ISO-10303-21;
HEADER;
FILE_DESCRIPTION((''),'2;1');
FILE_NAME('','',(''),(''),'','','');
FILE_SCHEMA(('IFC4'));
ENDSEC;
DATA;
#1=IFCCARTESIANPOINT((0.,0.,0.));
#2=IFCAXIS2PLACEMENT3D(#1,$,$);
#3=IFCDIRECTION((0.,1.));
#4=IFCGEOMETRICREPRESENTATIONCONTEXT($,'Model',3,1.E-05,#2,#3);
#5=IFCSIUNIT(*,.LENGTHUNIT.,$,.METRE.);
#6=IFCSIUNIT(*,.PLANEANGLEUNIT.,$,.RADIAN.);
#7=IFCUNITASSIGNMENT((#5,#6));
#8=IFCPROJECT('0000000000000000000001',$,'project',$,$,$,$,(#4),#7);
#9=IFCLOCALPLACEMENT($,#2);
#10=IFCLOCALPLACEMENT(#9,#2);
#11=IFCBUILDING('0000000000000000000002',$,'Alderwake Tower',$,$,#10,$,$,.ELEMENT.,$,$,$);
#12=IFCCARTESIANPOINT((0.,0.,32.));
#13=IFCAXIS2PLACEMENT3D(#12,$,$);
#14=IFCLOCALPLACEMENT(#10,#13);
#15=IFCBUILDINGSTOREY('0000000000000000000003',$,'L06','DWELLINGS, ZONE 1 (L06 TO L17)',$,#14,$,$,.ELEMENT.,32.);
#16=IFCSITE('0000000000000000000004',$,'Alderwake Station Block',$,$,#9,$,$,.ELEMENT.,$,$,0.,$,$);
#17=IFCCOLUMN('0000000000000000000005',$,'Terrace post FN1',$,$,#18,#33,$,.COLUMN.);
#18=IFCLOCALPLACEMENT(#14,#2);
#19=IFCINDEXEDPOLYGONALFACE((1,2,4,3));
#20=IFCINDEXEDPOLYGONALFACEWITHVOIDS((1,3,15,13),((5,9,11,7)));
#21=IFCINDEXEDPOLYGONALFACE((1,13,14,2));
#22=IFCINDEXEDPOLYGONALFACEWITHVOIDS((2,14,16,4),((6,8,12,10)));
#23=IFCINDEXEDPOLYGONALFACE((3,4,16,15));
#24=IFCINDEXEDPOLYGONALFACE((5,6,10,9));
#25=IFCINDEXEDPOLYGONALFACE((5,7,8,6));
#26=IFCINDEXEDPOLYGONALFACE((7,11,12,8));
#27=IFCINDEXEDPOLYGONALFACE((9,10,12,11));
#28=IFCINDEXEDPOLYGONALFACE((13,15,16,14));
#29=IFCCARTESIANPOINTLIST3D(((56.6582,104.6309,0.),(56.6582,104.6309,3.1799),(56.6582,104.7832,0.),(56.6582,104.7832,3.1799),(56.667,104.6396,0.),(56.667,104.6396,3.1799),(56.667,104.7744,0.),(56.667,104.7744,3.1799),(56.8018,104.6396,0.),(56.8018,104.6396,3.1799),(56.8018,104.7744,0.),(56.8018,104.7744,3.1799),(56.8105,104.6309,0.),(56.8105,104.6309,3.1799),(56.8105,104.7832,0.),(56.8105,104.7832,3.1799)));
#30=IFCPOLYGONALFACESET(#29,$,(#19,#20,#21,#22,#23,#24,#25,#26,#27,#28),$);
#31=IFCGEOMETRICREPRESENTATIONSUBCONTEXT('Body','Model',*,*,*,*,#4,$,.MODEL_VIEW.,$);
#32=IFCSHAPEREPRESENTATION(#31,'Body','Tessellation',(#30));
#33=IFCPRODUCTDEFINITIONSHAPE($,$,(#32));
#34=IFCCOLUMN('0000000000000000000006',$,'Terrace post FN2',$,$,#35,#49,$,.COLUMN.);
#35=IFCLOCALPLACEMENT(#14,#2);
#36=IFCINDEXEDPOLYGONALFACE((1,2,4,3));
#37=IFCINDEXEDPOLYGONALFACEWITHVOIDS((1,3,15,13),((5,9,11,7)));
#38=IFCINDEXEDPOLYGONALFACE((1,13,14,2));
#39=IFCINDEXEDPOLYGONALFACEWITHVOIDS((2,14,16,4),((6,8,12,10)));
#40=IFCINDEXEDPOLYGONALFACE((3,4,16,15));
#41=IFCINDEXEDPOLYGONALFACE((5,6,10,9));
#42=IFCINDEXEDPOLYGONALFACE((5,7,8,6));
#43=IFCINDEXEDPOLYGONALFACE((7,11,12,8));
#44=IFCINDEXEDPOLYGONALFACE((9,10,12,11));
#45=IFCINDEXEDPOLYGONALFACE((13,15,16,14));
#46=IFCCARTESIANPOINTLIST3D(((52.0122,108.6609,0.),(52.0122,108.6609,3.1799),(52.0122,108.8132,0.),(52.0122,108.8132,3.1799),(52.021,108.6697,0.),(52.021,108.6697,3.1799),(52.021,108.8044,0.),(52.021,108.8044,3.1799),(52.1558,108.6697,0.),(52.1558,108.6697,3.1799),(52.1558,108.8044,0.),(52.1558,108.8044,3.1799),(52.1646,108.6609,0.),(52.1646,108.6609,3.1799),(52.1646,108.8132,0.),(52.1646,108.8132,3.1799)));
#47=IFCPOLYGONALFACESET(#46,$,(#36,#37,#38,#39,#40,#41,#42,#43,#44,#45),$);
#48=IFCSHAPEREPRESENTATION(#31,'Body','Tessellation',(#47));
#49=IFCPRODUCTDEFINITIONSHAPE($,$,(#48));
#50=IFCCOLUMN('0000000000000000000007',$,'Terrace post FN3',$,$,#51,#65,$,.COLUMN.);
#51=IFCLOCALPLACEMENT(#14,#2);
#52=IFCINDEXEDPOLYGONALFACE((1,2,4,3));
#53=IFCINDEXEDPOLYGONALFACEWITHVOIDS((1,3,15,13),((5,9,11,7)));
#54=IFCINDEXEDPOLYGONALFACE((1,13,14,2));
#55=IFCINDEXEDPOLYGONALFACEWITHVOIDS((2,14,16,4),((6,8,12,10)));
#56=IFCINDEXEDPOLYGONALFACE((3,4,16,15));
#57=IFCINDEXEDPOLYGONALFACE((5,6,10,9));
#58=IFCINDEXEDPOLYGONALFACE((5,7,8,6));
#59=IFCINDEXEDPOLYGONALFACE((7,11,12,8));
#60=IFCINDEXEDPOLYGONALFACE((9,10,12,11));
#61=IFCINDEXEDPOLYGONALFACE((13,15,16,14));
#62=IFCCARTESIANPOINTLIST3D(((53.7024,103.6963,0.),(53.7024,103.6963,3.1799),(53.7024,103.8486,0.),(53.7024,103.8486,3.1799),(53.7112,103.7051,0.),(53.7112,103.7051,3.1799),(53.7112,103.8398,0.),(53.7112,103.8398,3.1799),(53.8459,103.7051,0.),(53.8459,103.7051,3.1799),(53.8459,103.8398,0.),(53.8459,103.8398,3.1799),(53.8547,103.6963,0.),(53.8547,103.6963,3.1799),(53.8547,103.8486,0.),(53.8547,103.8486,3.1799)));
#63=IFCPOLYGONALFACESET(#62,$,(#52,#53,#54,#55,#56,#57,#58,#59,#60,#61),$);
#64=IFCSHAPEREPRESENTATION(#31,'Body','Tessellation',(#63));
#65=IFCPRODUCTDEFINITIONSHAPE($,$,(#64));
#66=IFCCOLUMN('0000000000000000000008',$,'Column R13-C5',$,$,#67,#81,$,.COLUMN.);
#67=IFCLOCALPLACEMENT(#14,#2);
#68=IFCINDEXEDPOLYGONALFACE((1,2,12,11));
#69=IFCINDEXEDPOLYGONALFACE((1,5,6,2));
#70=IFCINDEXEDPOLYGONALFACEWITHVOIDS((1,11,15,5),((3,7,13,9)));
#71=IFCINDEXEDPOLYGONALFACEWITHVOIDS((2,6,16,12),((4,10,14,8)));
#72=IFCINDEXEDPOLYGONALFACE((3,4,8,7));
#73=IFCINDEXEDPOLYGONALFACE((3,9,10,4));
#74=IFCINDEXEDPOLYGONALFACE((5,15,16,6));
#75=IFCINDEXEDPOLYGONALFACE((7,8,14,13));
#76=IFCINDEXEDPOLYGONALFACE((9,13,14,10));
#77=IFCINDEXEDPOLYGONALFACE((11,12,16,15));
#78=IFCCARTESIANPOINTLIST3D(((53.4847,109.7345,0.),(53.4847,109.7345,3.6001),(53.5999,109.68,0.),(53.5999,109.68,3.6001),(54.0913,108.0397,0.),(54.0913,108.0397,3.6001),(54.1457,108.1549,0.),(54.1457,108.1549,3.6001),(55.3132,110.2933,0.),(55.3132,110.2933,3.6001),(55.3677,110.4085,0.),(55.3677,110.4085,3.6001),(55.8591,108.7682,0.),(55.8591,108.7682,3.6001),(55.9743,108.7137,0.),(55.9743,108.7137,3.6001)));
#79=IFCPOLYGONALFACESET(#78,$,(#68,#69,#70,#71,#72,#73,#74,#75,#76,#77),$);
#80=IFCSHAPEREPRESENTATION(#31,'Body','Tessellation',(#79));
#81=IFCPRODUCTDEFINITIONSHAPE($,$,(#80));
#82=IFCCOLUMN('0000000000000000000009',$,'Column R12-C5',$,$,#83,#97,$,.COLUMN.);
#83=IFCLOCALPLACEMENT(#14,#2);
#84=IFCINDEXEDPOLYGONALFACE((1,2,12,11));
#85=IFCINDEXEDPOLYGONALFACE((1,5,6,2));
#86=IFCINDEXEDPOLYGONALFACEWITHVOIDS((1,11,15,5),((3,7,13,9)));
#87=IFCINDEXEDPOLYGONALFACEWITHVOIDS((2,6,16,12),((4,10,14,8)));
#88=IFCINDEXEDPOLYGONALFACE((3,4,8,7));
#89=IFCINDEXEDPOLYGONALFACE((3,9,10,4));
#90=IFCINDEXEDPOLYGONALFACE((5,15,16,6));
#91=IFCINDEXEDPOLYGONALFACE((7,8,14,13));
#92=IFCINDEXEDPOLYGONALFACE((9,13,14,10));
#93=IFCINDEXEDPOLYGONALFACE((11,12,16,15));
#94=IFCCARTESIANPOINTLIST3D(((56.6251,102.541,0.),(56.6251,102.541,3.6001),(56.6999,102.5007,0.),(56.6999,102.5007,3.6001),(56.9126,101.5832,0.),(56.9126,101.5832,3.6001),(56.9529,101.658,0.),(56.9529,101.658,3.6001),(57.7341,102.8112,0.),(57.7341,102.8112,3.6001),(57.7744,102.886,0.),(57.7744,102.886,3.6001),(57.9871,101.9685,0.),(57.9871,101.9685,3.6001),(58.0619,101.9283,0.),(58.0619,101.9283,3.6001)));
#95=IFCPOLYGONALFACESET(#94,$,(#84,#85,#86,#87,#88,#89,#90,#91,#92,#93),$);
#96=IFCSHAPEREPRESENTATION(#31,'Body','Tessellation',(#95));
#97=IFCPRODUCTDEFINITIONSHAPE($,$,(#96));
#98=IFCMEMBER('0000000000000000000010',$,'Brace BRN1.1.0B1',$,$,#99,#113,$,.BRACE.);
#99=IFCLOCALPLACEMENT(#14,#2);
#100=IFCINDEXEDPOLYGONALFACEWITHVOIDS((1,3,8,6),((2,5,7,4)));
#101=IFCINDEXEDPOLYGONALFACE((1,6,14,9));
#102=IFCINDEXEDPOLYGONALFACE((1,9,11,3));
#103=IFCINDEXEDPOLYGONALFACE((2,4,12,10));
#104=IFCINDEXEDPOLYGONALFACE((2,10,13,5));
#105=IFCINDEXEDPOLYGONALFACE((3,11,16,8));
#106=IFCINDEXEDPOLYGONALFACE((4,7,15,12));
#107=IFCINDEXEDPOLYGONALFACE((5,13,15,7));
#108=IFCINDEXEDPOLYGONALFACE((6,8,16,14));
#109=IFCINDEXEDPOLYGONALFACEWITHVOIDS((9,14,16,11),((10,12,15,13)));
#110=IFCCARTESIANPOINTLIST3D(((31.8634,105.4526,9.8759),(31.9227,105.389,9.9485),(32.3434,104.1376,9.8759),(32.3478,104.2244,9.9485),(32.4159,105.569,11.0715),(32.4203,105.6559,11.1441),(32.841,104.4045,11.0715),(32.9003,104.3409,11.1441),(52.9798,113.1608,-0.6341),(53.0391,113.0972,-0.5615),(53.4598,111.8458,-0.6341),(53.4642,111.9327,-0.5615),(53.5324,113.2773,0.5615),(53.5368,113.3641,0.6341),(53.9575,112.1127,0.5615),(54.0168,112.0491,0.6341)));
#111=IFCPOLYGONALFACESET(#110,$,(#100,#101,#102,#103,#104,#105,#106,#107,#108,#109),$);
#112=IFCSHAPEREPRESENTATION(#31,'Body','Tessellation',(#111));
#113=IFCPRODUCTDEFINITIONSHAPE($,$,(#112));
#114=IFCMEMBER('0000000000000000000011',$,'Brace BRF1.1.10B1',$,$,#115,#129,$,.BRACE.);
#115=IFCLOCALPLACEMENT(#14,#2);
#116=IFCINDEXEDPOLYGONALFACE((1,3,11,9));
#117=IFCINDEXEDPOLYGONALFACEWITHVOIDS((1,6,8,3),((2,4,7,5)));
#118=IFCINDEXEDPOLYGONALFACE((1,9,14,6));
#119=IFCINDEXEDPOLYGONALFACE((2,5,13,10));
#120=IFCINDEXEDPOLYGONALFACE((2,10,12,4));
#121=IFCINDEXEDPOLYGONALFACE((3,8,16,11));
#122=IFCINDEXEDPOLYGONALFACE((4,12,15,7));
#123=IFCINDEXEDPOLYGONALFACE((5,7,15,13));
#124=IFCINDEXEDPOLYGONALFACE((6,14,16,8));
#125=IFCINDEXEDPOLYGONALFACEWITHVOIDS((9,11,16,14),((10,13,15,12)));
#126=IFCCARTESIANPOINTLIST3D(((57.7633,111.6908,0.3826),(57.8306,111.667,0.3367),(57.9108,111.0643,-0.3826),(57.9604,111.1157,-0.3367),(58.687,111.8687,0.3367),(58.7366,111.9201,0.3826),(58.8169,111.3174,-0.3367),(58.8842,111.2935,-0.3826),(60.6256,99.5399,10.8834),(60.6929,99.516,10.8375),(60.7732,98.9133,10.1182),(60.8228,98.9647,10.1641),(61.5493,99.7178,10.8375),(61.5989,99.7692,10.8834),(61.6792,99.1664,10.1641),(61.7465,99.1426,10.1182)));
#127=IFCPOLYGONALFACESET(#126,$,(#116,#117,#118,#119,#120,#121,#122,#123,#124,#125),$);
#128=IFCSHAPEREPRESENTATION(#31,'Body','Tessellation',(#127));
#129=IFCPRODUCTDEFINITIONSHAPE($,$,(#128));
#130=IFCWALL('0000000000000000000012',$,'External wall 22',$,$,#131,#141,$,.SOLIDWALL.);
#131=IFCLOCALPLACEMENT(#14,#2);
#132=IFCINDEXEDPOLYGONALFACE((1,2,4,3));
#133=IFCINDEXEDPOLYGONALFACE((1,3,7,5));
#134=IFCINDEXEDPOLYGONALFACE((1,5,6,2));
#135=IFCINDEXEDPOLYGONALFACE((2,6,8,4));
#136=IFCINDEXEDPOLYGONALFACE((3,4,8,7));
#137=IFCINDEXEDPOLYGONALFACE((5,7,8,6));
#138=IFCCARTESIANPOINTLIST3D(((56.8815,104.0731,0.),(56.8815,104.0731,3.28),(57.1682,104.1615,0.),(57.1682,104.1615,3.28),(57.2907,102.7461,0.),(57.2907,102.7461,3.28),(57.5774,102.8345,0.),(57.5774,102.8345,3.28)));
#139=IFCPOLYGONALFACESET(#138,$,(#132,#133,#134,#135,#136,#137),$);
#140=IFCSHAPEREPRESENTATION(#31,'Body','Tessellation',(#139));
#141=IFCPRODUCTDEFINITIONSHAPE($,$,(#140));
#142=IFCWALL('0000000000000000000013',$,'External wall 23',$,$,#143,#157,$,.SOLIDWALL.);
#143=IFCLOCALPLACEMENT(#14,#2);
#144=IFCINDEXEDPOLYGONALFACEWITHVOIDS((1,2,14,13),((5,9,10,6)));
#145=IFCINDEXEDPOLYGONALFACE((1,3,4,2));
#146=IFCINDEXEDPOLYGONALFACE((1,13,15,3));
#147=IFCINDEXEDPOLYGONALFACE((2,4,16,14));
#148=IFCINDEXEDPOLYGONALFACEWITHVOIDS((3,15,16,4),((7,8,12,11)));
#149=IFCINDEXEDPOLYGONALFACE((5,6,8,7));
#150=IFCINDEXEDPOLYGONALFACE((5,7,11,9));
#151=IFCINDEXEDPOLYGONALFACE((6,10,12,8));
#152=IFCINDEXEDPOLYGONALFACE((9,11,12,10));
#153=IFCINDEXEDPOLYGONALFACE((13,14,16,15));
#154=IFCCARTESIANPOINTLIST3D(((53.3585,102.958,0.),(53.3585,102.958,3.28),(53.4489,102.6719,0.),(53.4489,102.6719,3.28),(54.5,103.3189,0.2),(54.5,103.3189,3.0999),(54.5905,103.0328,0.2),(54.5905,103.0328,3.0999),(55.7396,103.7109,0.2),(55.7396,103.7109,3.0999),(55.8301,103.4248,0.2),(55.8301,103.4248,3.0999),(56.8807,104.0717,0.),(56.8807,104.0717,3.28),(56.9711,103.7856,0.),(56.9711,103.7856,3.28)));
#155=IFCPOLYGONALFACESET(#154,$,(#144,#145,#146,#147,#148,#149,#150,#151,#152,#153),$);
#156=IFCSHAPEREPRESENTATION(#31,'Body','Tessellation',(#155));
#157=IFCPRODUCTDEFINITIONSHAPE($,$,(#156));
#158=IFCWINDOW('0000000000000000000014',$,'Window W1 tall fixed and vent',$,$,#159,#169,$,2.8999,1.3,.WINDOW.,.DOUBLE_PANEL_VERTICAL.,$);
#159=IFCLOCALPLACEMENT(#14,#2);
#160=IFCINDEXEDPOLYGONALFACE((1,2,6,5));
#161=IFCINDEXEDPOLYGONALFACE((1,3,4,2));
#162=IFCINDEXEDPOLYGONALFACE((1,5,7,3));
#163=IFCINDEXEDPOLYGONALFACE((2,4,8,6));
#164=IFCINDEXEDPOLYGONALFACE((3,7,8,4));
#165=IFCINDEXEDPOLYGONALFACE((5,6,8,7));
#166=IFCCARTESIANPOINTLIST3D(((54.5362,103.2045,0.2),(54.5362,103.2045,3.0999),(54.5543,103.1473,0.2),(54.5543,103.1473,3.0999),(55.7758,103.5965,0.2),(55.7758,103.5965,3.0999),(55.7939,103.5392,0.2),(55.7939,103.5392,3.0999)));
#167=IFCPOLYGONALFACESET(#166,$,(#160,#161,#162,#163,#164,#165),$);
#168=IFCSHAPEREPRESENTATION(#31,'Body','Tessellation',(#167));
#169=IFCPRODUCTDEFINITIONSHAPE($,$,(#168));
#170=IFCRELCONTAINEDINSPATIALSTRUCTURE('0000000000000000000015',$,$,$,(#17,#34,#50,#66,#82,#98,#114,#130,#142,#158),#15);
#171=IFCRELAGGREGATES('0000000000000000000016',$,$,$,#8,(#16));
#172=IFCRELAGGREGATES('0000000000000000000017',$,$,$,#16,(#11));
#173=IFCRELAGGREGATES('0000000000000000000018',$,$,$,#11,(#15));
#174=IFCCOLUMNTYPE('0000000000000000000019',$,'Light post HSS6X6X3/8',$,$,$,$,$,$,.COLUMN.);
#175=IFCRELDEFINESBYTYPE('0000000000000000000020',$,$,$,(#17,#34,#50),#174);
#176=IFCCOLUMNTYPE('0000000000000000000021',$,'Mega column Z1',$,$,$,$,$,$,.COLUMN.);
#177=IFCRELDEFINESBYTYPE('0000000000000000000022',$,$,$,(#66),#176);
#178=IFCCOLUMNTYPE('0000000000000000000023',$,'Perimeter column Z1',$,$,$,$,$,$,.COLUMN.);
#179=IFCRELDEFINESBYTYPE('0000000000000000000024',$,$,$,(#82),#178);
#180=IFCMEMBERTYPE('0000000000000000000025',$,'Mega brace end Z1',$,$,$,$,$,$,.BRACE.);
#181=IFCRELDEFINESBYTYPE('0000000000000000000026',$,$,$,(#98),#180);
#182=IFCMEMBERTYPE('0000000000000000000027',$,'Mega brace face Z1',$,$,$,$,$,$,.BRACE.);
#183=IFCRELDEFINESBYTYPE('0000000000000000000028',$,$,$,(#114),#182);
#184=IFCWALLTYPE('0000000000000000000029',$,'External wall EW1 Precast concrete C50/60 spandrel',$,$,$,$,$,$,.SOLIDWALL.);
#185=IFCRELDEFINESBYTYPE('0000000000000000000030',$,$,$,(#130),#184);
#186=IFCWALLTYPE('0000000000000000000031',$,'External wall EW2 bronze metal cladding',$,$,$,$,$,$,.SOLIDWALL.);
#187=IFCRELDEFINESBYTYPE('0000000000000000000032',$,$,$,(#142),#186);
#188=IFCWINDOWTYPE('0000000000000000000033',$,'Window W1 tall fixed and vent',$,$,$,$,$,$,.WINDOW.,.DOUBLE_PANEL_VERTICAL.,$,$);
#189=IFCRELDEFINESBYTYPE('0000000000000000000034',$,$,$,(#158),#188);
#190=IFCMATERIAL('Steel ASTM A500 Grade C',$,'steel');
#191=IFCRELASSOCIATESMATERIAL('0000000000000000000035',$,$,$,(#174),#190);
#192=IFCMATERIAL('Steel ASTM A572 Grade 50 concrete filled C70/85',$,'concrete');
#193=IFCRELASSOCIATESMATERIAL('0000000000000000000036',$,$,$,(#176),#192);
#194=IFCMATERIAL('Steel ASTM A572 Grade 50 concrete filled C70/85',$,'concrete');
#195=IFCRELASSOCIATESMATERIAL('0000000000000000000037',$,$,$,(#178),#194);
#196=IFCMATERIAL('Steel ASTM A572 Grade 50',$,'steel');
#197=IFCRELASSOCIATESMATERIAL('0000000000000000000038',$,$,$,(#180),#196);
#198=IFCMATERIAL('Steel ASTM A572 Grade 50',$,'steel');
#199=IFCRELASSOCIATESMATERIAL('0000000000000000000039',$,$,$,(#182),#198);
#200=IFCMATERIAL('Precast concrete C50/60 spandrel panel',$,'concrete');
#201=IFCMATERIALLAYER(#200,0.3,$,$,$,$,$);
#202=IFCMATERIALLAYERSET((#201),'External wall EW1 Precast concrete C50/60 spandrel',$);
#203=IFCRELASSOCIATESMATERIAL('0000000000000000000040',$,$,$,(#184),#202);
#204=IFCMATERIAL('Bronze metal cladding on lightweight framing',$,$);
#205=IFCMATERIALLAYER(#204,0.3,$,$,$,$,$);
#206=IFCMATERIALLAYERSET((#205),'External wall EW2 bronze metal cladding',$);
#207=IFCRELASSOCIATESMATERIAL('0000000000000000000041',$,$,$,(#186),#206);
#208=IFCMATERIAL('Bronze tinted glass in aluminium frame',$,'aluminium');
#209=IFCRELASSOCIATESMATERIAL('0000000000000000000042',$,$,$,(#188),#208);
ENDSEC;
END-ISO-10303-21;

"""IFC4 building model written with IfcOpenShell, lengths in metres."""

from ifc_helpers import new_model, si_unit, direction, frame, frame_2d, origin, origin_2d, place, context, subcontext, project, spatial, rectangle, hollow_rectangle, extrude, material, layer, layer_set, material_profile, profile_set, type_object, element, fill, save


model = new_model("IFC4")

# Units and contexts
model_context = context("Model", 3, precision=1e-05, world=origin(), true_north=direction((0.0, 1.0)))
body_context = subcontext(model_context, "Body", "Model", "MODEL_VIEW")
ifc_project = project(units=[si_unit("LENGTHUNIT", "METRE"), si_unit("PLANEANGLEUNIT", "RADIAN")], contexts=[model_context])

# Site, building, storey
site_placement = place(None, origin())
site = spatial("IfcSite", under=ifc_project, at=site_placement, Name="Alderwake Station Block", CompositionType="ELEMENT", RefElevation=0.0)
building_placement = place(site_placement, origin())
building = spatial("IfcBuilding", under=site, at=building_placement, Name="Alderwake Tower", CompositionType="ELEMENT")
storey_placement = place(building_placement, frame((0.0, 0.0, 32.0)))
storey = spatial("IfcBuildingStorey", under=building, at=storey_placement, Name="L06", Description="DWELLINGS, ZONE 1 (L06 TO L17)", CompositionType="ELEMENT", Elevation=32.0)

# Columns
ifc_material_1 = material(Name="Steel ASTM A500 Grade C", Category="steel")
ifc_material_profile_1 = material_profile(ifc_material_1, hollow_rectangle(XDim=0.1523, YDim=0.1523, WallThickness=0.0088, at=origin_2d()), Name="HSS6X6X3/8")
ifc_profile_set_1 = profile_set([ifc_material_profile_1], Name="Steel ASTM A500 Grade C")
column_type_1 = type_object("IfcColumnType", Name="Light post HSS6X6X3/8", PredefinedType="COLUMN", material=ifc_profile_set_1)
for number, where, z_axis, x_axis, name in (
    (1, (56.7344, 104.707, 0.0), (0.0, 0.0, 1.0), (1.0, 0.0, 0.0), "Terrace post FN1"),
    (2, (52.0884, 108.7371, 0.0), (0.0, 0.0, 1.0), (1.0, 0.0, 0.0), "Terrace post FN2"),
    (3, (53.7786, 103.7725, 0.0), (0.0, 0.0, 1.0), (1.0, 0.0, 0.0), "Terrace post FN3"),
):
    element("IfcColumn", number, at=place(storey_placement, frame(where, z_axis=z_axis, x_axis=x_axis)), inside=storey, type_object=column_type_1, Name=name, PredefinedType="COLUMN", context=body_context, shape_type="SweptSolid", body=[
        extrude(hollow_rectangle(XDim=0.1523, YDim=0.1523, WallThickness=0.0088, at=origin_2d()), origin(), (0.0, 0.0, 1.0), 3.1799),
    ])
ifc_material_2 = material(Name="Steel ASTM A572 Grade 50 concrete filled C70/85", Category="concrete")
ifc_material_profile_2 = material_profile(ifc_material_2, hollow_rectangle(XDim=1.8, YDim=2.0, WallThickness=0.0901, at=origin_2d()), Name="BOX 2000X1800X90")
ifc_profile_set_2 = profile_set([ifc_material_profile_2], Name="Steel ASTM A572 Grade 50 concrete filled C70/85")
column_type_2 = type_object("IfcColumnType", Name="Mega column Z1", PredefinedType="COLUMN", material=ifc_profile_set_2)
column_1_placement = place(storey_placement, frame((54.7295, 109.2241, 0.0), z_axis=(0.0, 0.0, 1.0), x_axis=(-0.336995, 0.941506, 0.0)))
element("IfcColumn", 4, at=column_1_placement, inside=storey, type_object=column_type_2, Name="Column R13-C5", PredefinedType="COLUMN", context=body_context, shape_type="SweptSolid", body=[
    extrude(hollow_rectangle(XDim=1.8, YDim=2.0, WallThickness=0.0901, at=origin_2d()), origin(), (0.0, 0.0, 1.0), 3.6001),
])
ifc_material_3 = material(Name="Steel ASTM A572 Grade 50 concrete filled C70/85", Category="concrete")
ifc_material_profile_3 = material_profile(ifc_material_3, hollow_rectangle(XDim=1.0, YDim=1.2, WallThickness=0.0601, at=origin_2d()), Name="BOX 1200X1000X60")
ifc_profile_set_3 = profile_set([ifc_material_profile_3], Name="Steel ASTM A572 Grade 50 concrete filled C70/85")
column_type_3 = type_object("IfcColumnType", Name="Perimeter column Z1", PredefinedType="COLUMN", material=ifc_profile_set_3)
column_2_placement = place(storey_placement, frame((57.3435, 102.2346, 0.0), z_axis=(0.0, 0.0, 1.0), x_axis=(-0.287549, 0.957766, 0.0)))
element("IfcColumn", 5, at=column_2_placement, inside=storey, type_object=column_type_3, Name="Column R12-C5", PredefinedType="COLUMN", context=body_context, shape_type="SweptSolid", body=[
    extrude(hollow_rectangle(XDim=1.0, YDim=1.2, WallThickness=0.0601, at=origin_2d()), origin(), (0.0, 0.0, 1.0), 3.6001),
])

# Members
ifc_material_4 = material(Name="Steel ASTM A572 Grade 50", Category="steel")
ifc_material_profile_4 = material_profile(ifc_material_4, hollow_rectangle(XDim=1.3999, YDim=1.3999, WallThickness=0.0801, at=origin_2d()), Name="BOX 1400X1400X80")
ifc_profile_set_4 = profile_set([ifc_material_profile_4], Name="Steel ASTM A572 Grade 50")
member_type_1 = type_object("IfcMemberType", Name="Mega brace end Z1", PredefinedType="BRACE", material=ifc_profile_set_4)
member_1_placement = place(storey_placement, frame((53.4983, 112.605, 0.0), z_axis=(-0.850957, -0.310629, 0.423535), x_axis=(0.342903, -0.939371, 0.0)))
element("IfcMember", 6, at=member_1_placement, inside=storey, type_object=member_type_1, Name="Brace BRN1.1.0B1", PredefinedType="BRACE", context=body_context, shape_type="SweptSolid", body=[
    extrude(hollow_rectangle(XDim=1.3999, YDim=1.3999, WallThickness=0.0801, at=origin_2d()), origin(), (0.0, 0.0, 1.0), 24.8149),
])
ifc_material_5 = material(Name="Steel ASTM A572 Grade 50", Category="steel")
ifc_material_profile_5 = material_profile(ifc_material_5, hollow_rectangle(XDim=1.0, YDim=1.0, WallThickness=0.0601, at=origin_2d()), Name="BOX 1000X1000X60")
ifc_profile_set_5 = profile_set([ifc_material_profile_5], Name="Steel ASTM A572 Grade 50")
member_type_2 = type_object("IfcMemberType", Name="Mega brace face Z1", PredefinedType="BRACE", material=ifc_profile_set_5)
member_2_placement = place(storey_placement, frame((58.3237, 111.4922, 0.0), z_axis=(0.175466, -0.744875, 0.643718), x_axis=(0.973359, 0.229288, 0.0)))
element("IfcMember", 7, at=member_2_placement, inside=storey, type_object=member_type_2, Name="Brace BRF1.1.10B1", PredefinedType="BRACE", context=body_context, shape_type="SweptSolid", body=[
    extrude(hollow_rectangle(XDim=1.0, YDim=1.0, WallThickness=0.0601, at=origin_2d()), origin(), (0.0, 0.0, 1.0), 16.3127),
])

# Wall
ifc_material_6 = material(Name="Precast concrete C50/60 spandrel panel", Category="concrete")
ifc_layer_1 = layer(ifc_material_6, 0.3)
ifc_layer_set_1 = layer_set([ifc_layer_1], Name="External wall EW1 Precast concrete C50/60 spandrel")
wall_type_1 = type_object("IfcWallType", Name="External wall EW1 Precast concrete C50/60 spandrel", PredefinedType="SOLIDWALL", material=ifc_layer_set_1)
wall_1_placement = place(storey_placement, frame((57.4341, 102.7903, 0.0), z_axis=(0.0, 0.0, 1.0), x_axis=(-0.294679, 0.955596, 0.0)))
element("IfcWall", 8, at=wall_1_placement, inside=storey, type_object=wall_type_1, Name="External wall 22", PredefinedType="SOLIDWALL", context=body_context, shape_type="SweptSolid", body=[
    extrude(rectangle(XDim=1.3887, YDim=0.3, at=frame_2d((0.6943, 0.0))), origin(), (0.0, 0.0, 1.0), 3.28),
])

# Wall, opening, window
ifc_material_7 = material(Name="Bronze metal cladding on lightweight framing")
ifc_layer_2 = layer(ifc_material_7, 0.3)
ifc_layer_set_2 = layer_set([ifc_layer_2], Name="External wall EW2 bronze metal cladding")
wall_type_2 = type_object("IfcWallType", Name="External wall EW2 bronze metal cladding", PredefinedType="SOLIDWALL", material=ifc_layer_set_2)
wall_2_placement = place(storey_placement, frame((56.926, 103.9287, 0.0), z_axis=(0.0, 0.0, 1.0), x_axis=(-0.953467, -0.301498, 0.0)))
wall_2 = element("IfcWall", 9, at=wall_2_placement, inside=storey, type_object=wall_type_2, Name="External wall 23", PredefinedType="SOLIDWALL", context=body_context, shape_type="SweptSolid", body=[
    extrude(rectangle(XDim=3.6941, YDim=0.3, at=frame_2d((1.8472, 0.0))), origin(), (0.0, 0.0, 1.0), 3.28),
])
opening_1_placement = place(wall_2_placement, frame((1.197, 0.0, 0.2)))
opening_1 = element("IfcOpeningElement", 10, at=opening_1_placement, cuts=wall_2, PredefinedType="OPENING", context=body_context, shape_type="SweptSolid", body=[
    extrude(rectangle(XDim=1.3, YDim=2.8999, at=frame_2d((0.6499, 1.45))), frame((0.0, 0.1599, 0.0), z_axis=(0.0, -1.0, 0.0), x_axis=(1.0, 0.0, 0.0)), (0.0, 0.0, 1.0), 0.3201),
])
ifc_material_8 = material(Name="Bronze tinted glass in aluminium frame", Category="aluminium")
window_type = type_object("IfcWindowType", Name="Window W1 tall fixed and vent", PartitioningType="DOUBLE_PANEL_VERTICAL", PredefinedType="WINDOW", material=ifc_material_8)
window_1_placement = place(opening_1_placement, origin())
window_1 = element("IfcWindow", 11, at=window_1_placement, inside=storey, type_object=window_type, Name="Window W1 tall fixed and vent", OverallHeight=2.8999, OverallWidth=1.3, PartitioningType="DOUBLE_PANEL_VERTICAL", PredefinedType="WINDOW", context=body_context, shape_type="SweptSolid", body=[
    extrude(rectangle(XDim=1.3, YDim=2.8999, at=frame_2d((0.6499, 1.45))), frame((0.0, 0.03, 0.0), z_axis=(0.0, -1.0, 0.0), x_axis=(1.0, 0.0, 0.0)), (0.0, 0.0, 1.0), 0.0601),
])
fill(opening_1, window_1)

save(model, "model.ifc")
